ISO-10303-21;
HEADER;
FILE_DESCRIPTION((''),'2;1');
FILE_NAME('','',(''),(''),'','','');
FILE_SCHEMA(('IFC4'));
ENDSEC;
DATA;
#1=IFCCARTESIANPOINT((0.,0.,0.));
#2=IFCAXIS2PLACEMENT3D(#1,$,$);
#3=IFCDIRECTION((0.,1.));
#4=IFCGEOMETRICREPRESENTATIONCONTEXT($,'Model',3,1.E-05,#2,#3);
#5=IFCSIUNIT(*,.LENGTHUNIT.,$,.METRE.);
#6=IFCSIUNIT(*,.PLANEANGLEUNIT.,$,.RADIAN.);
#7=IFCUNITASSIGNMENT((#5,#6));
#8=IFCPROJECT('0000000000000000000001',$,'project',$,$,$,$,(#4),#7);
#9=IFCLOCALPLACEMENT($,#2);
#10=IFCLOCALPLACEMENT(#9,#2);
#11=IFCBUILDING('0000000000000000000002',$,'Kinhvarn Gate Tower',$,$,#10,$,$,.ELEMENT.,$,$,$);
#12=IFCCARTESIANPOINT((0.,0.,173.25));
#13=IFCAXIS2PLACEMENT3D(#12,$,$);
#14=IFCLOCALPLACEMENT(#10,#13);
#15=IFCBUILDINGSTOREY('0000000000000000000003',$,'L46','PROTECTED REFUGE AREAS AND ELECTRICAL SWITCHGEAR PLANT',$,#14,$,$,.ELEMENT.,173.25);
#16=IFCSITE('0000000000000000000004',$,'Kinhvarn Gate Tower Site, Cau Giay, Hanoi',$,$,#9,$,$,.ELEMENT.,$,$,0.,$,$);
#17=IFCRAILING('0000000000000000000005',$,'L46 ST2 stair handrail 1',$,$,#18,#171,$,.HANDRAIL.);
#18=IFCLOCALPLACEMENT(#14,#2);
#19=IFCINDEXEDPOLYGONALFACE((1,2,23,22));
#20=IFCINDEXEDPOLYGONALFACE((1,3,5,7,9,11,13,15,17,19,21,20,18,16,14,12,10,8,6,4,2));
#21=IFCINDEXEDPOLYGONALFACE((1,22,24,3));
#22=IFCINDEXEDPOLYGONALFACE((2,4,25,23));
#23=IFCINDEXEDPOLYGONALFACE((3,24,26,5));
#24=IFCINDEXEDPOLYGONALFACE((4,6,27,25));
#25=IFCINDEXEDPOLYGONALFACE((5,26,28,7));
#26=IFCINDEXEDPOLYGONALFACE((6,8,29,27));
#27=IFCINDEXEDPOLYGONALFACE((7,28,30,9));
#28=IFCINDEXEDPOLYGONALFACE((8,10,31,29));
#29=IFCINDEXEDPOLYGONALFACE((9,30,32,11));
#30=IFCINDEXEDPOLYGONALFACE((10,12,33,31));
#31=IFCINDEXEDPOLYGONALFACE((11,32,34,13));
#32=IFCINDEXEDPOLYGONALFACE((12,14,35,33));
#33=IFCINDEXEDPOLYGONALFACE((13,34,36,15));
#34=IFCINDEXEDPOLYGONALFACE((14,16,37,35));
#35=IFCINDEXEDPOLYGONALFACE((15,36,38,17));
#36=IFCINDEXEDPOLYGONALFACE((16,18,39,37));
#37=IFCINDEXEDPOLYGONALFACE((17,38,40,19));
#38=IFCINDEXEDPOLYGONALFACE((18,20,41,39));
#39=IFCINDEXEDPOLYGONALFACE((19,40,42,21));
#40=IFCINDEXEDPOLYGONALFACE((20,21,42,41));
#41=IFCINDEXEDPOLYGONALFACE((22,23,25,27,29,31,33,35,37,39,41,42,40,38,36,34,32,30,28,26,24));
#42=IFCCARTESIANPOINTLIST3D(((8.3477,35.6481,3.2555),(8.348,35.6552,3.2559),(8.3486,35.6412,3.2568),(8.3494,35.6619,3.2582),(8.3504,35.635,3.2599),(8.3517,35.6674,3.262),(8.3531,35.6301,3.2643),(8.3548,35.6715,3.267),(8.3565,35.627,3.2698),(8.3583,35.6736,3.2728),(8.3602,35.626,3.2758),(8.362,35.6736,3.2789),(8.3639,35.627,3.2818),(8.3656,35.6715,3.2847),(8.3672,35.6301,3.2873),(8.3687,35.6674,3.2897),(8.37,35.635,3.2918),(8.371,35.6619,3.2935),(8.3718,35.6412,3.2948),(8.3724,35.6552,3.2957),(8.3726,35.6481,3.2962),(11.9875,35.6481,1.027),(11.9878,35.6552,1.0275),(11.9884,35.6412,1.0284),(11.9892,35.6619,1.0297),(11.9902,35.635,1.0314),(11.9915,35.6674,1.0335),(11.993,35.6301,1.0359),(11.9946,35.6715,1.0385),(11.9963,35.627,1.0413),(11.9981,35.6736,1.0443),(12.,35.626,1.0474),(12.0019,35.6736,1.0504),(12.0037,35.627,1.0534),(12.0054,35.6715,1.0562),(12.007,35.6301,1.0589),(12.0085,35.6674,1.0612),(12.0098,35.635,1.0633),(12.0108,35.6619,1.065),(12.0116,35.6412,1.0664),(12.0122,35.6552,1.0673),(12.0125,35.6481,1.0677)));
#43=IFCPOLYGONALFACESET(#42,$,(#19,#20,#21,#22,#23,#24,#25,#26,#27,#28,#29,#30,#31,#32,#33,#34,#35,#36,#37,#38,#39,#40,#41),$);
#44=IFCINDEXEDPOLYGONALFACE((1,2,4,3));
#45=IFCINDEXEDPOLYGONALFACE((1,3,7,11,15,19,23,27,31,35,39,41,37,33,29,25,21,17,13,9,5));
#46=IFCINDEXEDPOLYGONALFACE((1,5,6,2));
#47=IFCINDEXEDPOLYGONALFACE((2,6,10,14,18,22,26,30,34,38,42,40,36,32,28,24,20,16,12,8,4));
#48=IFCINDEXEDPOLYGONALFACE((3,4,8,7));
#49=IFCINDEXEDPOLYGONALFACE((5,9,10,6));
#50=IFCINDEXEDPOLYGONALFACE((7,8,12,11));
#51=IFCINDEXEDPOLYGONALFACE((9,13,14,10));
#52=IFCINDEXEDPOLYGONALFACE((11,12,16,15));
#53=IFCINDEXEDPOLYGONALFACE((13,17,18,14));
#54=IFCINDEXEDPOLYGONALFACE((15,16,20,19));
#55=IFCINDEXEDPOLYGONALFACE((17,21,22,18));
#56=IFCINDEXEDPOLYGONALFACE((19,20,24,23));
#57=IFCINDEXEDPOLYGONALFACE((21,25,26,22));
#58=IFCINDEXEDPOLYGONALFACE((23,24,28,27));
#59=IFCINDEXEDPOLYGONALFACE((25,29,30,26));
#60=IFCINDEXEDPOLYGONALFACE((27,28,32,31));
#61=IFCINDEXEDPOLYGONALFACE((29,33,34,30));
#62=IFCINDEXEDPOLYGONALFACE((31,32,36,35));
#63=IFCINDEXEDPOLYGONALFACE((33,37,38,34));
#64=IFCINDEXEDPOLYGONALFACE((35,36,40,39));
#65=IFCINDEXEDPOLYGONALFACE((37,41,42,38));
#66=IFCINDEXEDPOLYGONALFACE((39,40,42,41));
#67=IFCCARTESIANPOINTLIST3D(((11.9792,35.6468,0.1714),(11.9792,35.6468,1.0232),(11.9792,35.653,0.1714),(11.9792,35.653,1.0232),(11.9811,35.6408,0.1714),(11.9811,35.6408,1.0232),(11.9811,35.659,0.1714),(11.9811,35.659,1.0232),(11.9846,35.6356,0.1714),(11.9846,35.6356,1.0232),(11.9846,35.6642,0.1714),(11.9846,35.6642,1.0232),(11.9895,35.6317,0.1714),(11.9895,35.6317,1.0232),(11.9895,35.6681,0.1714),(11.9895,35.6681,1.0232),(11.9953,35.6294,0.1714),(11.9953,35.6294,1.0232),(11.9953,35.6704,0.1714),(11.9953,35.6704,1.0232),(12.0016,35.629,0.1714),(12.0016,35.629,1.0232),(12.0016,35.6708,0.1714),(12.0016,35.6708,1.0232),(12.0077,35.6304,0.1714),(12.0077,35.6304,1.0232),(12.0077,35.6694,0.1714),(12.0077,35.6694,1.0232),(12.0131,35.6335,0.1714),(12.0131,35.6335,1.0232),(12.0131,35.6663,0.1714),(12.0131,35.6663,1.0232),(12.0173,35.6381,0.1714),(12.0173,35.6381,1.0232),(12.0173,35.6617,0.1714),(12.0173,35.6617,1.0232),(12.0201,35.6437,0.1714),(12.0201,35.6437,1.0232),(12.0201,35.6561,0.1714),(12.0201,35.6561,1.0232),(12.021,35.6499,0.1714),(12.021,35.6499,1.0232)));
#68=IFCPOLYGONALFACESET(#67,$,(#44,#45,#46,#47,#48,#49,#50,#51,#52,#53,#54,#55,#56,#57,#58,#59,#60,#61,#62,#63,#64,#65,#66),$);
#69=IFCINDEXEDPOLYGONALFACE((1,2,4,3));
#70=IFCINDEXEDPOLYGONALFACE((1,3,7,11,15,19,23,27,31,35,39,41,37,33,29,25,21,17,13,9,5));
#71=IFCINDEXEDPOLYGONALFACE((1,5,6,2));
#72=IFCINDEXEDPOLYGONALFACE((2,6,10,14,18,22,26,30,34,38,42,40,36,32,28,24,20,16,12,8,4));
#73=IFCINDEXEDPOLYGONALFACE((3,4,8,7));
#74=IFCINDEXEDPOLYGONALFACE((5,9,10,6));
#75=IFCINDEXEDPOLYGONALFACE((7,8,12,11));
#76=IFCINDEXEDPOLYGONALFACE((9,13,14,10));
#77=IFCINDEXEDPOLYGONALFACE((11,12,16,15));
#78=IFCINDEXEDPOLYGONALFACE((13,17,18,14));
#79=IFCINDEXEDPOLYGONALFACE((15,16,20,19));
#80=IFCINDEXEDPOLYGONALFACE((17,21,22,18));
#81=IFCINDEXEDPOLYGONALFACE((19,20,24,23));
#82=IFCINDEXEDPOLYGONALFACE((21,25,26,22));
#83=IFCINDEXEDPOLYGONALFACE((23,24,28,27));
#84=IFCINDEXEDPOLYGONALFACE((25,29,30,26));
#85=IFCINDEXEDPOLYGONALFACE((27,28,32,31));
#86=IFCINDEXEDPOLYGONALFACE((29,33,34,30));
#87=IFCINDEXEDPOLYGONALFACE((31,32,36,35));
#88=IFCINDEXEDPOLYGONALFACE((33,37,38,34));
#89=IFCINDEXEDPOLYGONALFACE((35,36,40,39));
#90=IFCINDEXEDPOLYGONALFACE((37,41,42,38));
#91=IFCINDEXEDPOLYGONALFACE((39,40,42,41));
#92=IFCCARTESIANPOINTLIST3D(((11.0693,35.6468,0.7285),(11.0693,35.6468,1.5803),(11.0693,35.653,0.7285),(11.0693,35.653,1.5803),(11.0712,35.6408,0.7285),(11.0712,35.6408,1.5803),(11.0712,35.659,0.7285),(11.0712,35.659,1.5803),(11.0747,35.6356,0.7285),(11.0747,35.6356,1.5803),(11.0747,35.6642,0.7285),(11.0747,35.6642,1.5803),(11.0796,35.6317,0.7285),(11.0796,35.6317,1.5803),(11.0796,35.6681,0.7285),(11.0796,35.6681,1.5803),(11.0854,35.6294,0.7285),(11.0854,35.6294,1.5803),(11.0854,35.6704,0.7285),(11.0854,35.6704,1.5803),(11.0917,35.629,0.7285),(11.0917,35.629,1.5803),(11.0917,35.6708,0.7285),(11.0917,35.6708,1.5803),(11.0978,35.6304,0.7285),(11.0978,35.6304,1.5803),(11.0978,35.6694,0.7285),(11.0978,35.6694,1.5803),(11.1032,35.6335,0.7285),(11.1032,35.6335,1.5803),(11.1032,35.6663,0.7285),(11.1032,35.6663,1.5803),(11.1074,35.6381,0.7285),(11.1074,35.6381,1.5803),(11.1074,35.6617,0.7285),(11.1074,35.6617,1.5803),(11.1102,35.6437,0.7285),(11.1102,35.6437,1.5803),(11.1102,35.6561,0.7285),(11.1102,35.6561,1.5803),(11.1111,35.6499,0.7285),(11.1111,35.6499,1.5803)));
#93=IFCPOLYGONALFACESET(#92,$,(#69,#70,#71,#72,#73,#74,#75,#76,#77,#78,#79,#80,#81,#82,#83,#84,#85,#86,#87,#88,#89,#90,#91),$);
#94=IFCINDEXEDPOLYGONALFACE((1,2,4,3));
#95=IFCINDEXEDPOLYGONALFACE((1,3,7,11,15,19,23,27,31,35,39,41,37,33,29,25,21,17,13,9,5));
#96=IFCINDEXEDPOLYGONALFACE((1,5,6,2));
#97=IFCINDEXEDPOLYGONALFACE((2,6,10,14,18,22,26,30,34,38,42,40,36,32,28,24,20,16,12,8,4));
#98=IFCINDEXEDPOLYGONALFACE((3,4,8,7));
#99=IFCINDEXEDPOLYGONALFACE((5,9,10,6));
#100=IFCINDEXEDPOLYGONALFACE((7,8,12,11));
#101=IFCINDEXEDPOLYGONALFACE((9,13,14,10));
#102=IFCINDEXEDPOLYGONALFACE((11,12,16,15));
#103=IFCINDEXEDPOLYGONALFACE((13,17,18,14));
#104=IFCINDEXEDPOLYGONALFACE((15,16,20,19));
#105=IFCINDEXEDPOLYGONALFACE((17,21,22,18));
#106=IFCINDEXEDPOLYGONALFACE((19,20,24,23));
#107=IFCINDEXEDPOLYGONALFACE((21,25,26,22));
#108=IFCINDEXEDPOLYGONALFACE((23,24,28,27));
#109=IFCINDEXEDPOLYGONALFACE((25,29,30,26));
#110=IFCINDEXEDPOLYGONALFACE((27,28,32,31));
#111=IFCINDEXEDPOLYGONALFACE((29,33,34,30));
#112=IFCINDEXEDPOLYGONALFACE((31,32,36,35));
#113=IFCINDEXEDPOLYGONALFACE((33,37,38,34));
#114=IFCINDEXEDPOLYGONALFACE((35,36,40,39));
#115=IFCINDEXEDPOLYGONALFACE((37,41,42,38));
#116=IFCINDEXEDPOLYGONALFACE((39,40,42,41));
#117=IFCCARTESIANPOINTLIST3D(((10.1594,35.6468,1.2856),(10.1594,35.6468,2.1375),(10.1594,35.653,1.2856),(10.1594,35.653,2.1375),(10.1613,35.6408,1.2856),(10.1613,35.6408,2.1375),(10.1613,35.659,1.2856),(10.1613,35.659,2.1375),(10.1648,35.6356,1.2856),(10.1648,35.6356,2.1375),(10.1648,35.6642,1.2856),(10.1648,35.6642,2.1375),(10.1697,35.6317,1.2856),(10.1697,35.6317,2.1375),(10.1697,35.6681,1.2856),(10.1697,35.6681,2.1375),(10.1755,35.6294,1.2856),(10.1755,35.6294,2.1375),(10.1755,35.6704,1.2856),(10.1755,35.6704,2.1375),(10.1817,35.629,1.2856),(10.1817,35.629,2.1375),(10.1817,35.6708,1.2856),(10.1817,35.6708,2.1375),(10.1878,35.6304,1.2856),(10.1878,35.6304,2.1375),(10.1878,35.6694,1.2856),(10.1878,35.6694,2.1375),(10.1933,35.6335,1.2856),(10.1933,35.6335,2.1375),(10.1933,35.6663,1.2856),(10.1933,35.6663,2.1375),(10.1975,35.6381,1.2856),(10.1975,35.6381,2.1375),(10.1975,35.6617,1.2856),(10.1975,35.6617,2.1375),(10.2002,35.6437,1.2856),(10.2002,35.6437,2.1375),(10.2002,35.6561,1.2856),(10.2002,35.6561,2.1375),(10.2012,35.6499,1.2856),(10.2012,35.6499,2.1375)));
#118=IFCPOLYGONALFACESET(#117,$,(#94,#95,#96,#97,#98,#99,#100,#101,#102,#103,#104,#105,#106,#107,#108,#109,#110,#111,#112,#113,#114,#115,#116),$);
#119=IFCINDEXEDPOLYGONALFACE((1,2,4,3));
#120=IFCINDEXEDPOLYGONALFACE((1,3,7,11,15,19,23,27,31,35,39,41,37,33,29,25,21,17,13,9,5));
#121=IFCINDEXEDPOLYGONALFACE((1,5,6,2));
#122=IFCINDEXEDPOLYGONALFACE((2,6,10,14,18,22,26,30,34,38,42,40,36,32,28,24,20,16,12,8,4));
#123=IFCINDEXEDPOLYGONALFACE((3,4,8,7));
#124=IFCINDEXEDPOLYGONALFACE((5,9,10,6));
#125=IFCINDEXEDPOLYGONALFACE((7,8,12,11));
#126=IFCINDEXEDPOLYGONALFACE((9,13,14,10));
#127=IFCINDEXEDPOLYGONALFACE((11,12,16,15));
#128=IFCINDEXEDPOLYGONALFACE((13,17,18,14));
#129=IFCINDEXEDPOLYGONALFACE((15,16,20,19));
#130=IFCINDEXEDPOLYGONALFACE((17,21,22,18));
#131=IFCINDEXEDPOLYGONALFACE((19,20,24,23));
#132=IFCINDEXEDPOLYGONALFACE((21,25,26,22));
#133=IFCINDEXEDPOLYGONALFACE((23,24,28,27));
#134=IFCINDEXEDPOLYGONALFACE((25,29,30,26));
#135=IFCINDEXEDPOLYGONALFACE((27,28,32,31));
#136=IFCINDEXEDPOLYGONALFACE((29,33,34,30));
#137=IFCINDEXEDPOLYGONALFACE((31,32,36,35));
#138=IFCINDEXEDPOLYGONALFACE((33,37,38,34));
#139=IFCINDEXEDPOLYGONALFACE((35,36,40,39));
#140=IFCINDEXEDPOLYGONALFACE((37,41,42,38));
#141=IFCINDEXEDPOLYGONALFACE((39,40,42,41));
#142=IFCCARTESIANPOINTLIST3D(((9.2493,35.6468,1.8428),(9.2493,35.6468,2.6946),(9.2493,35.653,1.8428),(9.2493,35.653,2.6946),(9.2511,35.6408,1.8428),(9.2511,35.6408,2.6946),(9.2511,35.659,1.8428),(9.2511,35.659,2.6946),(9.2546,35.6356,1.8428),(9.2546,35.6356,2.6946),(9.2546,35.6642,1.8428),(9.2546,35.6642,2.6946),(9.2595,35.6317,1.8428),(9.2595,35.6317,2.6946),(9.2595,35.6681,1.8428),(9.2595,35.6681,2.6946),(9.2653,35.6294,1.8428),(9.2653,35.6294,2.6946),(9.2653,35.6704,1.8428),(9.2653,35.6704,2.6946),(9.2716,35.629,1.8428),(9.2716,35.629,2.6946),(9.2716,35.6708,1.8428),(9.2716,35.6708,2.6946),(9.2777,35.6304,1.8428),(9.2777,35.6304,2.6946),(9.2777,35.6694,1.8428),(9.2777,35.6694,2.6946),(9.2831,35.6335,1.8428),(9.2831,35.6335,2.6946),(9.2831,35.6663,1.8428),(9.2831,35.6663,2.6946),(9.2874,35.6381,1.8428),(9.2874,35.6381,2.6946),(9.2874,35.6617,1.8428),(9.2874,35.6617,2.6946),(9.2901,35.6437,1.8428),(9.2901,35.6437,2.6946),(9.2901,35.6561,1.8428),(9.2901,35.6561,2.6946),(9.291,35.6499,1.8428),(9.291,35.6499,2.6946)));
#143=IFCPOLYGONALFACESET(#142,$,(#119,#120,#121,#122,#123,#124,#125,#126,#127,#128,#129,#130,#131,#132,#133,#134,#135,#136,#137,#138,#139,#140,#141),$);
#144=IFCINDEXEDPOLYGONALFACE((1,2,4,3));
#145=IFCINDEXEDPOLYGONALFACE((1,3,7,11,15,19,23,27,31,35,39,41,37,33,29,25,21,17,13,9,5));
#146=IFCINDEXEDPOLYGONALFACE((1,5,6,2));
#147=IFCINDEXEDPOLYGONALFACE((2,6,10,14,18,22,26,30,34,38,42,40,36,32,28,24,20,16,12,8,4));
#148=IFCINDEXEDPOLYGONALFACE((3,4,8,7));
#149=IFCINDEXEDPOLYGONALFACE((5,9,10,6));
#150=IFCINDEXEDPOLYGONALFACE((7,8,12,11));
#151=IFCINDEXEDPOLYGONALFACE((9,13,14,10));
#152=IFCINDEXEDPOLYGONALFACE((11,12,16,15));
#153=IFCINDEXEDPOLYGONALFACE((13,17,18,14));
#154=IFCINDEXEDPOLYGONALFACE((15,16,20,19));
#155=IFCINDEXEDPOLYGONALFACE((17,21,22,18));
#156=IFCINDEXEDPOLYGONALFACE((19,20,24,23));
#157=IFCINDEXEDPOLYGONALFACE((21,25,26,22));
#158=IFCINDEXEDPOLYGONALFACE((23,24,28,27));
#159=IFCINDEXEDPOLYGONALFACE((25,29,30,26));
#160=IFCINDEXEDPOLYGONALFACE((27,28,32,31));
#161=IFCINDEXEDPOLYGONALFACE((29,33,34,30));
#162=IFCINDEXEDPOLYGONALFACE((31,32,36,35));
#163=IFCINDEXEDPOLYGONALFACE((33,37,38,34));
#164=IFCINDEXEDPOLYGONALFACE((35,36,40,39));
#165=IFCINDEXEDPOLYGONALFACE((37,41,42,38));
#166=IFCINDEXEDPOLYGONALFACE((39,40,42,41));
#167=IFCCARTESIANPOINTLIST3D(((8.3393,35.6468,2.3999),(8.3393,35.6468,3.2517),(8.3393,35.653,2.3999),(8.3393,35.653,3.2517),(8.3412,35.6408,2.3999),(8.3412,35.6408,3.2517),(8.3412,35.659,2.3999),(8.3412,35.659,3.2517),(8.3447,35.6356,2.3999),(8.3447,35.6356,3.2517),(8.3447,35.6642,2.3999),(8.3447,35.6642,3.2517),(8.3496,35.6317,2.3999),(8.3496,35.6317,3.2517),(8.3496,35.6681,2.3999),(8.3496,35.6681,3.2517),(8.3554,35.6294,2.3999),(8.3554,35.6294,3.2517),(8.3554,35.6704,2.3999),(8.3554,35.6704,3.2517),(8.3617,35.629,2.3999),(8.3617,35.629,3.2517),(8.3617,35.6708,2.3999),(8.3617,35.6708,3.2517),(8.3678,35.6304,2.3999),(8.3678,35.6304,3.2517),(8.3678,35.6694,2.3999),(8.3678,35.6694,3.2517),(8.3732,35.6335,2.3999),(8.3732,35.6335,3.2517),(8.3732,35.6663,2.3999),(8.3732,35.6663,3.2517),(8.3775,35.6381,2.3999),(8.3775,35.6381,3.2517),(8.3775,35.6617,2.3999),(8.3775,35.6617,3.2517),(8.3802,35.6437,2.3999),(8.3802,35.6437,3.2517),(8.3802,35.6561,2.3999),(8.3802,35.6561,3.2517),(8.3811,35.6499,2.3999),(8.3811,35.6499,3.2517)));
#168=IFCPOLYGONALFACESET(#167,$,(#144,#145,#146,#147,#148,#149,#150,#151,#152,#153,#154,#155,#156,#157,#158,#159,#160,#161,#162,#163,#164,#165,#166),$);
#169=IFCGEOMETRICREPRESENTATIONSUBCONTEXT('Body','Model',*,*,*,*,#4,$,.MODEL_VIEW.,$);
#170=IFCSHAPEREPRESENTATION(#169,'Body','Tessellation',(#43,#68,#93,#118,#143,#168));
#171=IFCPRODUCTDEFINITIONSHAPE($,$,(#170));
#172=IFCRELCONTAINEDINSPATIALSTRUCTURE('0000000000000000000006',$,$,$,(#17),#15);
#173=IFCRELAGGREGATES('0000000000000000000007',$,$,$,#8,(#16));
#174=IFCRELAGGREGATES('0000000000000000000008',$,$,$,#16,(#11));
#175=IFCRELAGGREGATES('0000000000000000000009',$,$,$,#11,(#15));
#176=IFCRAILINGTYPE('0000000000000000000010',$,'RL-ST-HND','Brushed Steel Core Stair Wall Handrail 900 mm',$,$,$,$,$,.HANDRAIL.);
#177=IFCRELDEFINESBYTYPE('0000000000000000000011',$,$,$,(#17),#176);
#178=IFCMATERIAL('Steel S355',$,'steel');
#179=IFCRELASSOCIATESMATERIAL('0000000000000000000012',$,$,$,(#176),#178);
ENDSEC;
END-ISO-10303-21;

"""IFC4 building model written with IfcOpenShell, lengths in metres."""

from ifc_helpers import new_model, si_unit, direction, frame, origin, origin_2d, place, context, subcontext, project, spatial, circle, extrude, material, type_object, element, save


model = new_model("IFC4")

# Units and contexts
model_context = context("Model", 3, precision=1e-05, world=origin(), true_north=direction((0.0, 1.0)))
body_context = subcontext(model_context, "Body", "Model", "MODEL_VIEW")
ifc_project = project(units=[si_unit("LENGTHUNIT", "METRE"), si_unit("PLANEANGLEUNIT", "RADIAN")], contexts=[model_context])

# Site, building, storey
site_placement = place(None, origin())
site = spatial("IfcSite", under=ifc_project, at=site_placement, Name="Kinhvarn Gate Tower Site, Cau Giay, Hanoi", CompositionType="ELEMENT", RefElevation=0.0)
building_placement = place(site_placement, origin())
building = spatial("IfcBuilding", under=site, at=building_placement, Name="Kinhvarn Gate Tower", CompositionType="ELEMENT")
storey_placement = place(building_placement, frame((0.0, 0.0, 173.25)))
storey = spatial("IfcBuildingStorey", under=building, at=storey_placement, Name="L46", Description="PROTECTED REFUGE AREAS AND ELECTRICAL SWITCHGEAR PLANT", CompositionType="ELEMENT", Elevation=173.25)

# Shared definitions
ifc_material_1 = material(Name="Steel S355", Category="steel")

# Railing
railing_type_1 = type_object("IfcRailingType", Name="RL-ST-HND", Description="Brushed Steel Core Stair Wall Handrail 900 mm", PredefinedType="HANDRAIL", material=ifc_material_1)
railing_1_placement = place(storey_placement, frame((12.0, 35.6499, 0.1714)))
element("IfcRailing", 1, at=railing_1_placement, inside=storey, type_object=railing_type_1, Name="L46 ST2 stair handrail 1", PredefinedType="HANDRAIL", context=body_context, shape_type="SweptSolid", body=[
    extrude(circle(Radius=0.0239, at=origin_2d()), frame((0.0, 0.0, 0.876), z_axis=(-0.85285, 0.0, 0.522156), x_axis=(0.0, -1.0, 0.0)), (0.0, 0.0, 1.0), 4.2678),
    extrude(circle(Radius=0.021, at=origin_2d()), origin(), (0.0, 0.0, 1.0), 0.8518),
    extrude(circle(Radius=0.021, at=origin_2d()), frame((-0.9099, 0.0, 0.5571)), (0.0, 0.0, 1.0), 0.8518),
    extrude(circle(Radius=0.021, at=origin_2d()), frame((-1.8198, 0.0, 1.1143)), (0.0, 0.0, 1.0), 0.8518),
    extrude(circle(Radius=0.021, at=origin_2d()), frame((-2.73, 0.0, 1.6714)), (0.0, 0.0, 1.0), 0.8518),
    extrude(circle(Radius=0.021, at=origin_2d()), frame((-3.6399, 0.0, 2.2285)), (0.0, 0.0, 1.0), 0.8518),
])

save(model, "model.ifc")
